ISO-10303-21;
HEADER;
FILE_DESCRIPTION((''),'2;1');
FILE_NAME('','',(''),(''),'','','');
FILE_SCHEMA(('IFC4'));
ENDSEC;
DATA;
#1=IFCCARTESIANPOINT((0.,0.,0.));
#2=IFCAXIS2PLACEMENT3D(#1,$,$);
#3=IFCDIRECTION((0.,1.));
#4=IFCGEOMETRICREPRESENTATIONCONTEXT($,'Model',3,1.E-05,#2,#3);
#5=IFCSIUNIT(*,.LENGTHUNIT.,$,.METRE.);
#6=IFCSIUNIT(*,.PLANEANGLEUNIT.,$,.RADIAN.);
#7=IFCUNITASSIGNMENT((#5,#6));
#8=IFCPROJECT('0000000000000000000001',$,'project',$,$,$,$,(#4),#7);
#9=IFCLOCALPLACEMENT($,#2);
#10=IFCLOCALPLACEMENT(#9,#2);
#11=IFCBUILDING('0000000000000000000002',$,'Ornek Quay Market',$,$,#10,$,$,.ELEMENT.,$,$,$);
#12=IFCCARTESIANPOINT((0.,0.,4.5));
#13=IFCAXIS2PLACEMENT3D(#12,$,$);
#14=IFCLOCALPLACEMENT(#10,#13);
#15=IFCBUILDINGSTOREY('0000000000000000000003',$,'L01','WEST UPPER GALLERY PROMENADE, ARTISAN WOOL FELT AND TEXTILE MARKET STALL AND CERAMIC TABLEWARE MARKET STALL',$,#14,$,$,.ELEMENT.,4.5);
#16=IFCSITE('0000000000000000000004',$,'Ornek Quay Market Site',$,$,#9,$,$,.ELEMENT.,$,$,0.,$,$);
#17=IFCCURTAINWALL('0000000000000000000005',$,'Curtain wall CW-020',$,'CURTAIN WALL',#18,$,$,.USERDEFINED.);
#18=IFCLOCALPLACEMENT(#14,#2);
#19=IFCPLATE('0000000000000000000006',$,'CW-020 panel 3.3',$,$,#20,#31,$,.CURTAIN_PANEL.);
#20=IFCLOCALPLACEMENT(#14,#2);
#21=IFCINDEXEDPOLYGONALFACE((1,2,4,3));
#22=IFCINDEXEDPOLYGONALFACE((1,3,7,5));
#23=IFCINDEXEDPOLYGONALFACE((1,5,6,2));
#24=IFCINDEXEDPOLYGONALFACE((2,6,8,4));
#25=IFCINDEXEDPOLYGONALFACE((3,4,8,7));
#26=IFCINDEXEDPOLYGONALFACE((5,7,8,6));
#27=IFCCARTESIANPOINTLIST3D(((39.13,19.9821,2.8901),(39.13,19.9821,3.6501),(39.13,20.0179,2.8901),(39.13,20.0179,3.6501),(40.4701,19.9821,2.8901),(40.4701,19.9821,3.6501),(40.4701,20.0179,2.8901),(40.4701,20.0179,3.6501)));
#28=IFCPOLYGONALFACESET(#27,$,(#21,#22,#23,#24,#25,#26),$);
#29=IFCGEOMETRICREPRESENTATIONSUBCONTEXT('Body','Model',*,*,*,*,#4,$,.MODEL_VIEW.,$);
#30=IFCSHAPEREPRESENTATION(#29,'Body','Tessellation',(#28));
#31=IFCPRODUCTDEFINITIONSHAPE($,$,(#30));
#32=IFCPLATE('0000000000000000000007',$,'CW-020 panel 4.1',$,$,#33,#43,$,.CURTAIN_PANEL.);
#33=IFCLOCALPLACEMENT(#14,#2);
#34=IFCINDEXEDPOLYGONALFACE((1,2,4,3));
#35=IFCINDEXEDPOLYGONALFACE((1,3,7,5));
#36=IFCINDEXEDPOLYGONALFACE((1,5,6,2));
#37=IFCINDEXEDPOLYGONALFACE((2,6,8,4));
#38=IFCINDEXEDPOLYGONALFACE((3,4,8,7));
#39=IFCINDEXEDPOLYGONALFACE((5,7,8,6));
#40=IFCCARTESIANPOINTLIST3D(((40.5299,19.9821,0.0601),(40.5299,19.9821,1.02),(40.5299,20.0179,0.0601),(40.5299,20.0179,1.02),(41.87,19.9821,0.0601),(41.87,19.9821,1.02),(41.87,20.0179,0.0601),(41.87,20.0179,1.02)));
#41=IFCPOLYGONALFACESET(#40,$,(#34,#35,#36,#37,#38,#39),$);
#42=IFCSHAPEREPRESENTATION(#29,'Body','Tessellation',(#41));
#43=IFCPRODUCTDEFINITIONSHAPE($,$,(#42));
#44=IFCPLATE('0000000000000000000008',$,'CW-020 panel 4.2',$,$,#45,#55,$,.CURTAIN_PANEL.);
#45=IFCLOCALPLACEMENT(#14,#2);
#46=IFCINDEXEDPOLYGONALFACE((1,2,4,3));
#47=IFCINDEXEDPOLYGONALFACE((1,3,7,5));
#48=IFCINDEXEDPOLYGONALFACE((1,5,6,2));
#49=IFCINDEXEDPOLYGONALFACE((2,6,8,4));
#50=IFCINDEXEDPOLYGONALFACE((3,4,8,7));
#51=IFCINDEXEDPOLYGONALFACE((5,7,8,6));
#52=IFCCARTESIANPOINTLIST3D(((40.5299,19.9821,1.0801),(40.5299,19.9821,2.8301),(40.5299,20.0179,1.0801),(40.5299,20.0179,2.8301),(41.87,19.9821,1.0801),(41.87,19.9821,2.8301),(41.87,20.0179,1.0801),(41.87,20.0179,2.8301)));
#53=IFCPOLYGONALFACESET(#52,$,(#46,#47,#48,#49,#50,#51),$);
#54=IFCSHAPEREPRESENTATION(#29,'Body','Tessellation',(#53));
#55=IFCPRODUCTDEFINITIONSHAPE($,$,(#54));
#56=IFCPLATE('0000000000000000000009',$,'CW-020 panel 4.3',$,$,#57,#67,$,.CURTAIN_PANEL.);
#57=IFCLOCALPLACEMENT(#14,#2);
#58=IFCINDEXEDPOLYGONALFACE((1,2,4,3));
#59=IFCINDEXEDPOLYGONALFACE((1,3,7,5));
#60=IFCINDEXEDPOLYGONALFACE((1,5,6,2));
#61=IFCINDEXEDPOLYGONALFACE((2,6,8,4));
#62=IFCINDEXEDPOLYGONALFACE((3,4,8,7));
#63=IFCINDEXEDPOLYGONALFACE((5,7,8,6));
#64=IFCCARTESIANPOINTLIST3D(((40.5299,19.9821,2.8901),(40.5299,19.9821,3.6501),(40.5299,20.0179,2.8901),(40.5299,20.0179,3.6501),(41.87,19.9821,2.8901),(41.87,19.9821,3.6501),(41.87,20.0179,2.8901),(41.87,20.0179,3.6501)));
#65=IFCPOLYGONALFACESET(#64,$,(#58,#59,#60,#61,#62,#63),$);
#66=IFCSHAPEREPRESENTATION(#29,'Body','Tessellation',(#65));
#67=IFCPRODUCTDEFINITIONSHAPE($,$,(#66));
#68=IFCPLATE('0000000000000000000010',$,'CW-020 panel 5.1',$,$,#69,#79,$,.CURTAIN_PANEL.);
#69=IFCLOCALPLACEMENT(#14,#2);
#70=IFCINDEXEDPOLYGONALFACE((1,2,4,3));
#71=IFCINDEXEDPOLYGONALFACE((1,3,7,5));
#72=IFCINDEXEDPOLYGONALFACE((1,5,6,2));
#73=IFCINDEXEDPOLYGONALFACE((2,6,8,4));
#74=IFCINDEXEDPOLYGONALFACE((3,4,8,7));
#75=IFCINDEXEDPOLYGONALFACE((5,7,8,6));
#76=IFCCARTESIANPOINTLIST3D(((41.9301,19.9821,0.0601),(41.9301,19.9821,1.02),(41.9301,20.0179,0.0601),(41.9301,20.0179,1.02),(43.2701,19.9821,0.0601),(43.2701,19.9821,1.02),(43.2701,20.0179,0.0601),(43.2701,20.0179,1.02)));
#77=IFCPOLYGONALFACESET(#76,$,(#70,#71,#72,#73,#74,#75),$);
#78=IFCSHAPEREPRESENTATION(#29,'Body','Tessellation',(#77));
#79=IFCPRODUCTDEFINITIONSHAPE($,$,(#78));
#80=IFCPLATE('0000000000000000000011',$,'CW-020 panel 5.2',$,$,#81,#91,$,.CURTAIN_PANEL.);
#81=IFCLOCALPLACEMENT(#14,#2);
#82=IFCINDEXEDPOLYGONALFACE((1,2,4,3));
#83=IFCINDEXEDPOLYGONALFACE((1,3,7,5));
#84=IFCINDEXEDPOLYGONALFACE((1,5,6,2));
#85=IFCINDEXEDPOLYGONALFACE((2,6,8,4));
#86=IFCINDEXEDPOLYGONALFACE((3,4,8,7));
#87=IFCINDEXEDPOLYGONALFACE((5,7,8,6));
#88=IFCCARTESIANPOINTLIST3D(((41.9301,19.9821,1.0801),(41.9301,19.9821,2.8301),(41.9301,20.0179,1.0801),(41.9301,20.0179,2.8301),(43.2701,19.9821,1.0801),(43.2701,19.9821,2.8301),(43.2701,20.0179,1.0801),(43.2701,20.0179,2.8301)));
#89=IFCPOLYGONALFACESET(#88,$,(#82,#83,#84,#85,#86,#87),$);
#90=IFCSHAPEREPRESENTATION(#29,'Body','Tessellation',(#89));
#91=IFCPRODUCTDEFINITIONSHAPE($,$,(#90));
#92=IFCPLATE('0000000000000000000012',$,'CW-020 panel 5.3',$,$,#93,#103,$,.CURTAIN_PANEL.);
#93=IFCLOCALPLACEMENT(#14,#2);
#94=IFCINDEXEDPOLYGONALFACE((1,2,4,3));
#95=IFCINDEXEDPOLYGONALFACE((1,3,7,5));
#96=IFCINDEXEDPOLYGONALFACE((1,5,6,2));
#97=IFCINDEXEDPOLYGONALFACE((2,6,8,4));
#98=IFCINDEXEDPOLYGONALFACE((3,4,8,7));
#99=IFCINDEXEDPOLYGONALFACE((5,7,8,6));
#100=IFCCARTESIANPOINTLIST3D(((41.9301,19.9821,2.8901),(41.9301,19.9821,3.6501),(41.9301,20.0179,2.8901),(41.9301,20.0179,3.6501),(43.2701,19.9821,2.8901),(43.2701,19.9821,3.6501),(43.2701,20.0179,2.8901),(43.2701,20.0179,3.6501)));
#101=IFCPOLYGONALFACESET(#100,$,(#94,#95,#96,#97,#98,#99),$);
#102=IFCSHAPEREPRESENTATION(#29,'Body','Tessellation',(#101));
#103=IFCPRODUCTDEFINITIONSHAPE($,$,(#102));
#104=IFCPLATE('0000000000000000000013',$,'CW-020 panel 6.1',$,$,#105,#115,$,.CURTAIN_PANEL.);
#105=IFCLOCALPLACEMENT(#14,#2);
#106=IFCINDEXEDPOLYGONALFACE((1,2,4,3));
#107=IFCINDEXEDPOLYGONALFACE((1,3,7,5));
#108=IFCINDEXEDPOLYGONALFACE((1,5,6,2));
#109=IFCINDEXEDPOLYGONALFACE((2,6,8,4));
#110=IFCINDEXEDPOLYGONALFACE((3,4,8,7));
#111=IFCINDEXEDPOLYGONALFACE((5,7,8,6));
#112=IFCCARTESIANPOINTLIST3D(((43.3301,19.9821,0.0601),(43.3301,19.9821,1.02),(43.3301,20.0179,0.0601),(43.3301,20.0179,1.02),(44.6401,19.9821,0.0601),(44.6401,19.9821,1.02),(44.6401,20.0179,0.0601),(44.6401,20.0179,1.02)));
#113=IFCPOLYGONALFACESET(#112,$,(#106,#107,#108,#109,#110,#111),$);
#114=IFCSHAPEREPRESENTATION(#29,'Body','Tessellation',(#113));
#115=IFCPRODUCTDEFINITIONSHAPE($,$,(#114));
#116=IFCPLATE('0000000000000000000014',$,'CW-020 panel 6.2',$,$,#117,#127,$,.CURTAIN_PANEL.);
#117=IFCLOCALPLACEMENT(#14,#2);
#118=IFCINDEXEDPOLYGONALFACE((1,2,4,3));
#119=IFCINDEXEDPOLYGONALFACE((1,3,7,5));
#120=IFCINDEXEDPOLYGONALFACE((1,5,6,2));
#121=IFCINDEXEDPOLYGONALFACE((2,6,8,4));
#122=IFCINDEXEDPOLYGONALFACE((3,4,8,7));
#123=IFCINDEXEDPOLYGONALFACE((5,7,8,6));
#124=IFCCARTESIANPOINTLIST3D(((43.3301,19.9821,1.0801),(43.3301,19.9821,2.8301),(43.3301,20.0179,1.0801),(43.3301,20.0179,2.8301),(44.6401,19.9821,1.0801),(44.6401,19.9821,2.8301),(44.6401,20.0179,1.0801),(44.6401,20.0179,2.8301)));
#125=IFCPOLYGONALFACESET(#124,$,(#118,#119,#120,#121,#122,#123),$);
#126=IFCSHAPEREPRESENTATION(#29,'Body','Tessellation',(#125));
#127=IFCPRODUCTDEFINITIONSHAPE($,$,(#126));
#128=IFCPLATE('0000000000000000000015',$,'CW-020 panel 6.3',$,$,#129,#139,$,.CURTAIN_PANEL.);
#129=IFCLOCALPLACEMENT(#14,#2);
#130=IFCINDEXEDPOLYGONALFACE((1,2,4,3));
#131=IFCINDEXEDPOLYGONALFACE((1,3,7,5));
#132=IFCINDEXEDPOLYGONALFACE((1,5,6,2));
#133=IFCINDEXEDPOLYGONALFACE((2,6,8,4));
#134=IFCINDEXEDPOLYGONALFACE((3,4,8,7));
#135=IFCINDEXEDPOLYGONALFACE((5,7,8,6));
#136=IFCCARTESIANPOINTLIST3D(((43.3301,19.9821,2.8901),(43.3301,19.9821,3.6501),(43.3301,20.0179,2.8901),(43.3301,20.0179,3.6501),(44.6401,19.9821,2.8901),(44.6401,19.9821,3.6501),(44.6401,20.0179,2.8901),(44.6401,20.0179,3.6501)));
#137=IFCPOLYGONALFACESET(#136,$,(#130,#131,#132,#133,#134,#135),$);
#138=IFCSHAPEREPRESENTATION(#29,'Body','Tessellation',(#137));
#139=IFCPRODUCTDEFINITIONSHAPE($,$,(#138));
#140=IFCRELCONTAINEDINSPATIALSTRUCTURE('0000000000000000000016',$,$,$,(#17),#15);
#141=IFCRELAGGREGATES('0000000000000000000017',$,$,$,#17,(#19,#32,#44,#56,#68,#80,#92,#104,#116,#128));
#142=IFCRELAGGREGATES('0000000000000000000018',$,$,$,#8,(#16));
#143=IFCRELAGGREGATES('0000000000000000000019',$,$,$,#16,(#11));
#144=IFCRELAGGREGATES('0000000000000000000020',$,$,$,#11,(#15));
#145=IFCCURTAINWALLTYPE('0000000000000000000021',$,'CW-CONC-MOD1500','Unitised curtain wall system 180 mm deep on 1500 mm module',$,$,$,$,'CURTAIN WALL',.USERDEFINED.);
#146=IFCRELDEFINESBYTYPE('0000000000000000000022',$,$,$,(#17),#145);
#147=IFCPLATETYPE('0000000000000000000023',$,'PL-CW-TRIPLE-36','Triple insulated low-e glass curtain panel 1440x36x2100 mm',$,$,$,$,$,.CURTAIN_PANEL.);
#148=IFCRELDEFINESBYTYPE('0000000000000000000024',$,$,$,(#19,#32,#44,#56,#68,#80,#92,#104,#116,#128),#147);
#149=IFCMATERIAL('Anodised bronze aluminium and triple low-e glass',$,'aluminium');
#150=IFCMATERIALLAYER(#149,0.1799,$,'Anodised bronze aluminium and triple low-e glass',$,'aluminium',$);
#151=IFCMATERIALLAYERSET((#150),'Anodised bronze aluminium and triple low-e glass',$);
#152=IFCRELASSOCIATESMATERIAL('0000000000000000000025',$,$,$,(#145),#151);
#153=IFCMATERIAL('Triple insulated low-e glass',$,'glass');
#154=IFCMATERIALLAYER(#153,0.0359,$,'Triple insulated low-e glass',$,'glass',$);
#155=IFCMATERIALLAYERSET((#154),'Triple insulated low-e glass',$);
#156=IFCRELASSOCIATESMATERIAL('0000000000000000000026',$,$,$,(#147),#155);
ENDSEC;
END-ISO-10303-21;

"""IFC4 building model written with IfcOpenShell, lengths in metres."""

from ifc_helpers import new_model, si_unit, direction, frame, origin, origin_2d, place, context, subcontext, project, spatial, rectangle, extrude, material, layer, layer_set, type_object, element, aggregate, save


model = new_model("IFC4")

# Units and contexts
model_context = context("Model", 3, precision=1e-05, world=origin(), true_north=direction((0.0, 1.0)))
body_context = subcontext(model_context, "Body", "Model", "MODEL_VIEW")
ifc_project = project(units=[si_unit("LENGTHUNIT", "METRE"), si_unit("PLANEANGLEUNIT", "RADIAN")], contexts=[model_context])

# Site, building, storey
site_placement = place(None, origin())
site = spatial("IfcSite", under=ifc_project, at=site_placement, Name="Ornek Quay Market Site", CompositionType="ELEMENT", RefElevation=0.0)
building_placement = place(site_placement, origin())
building = spatial("IfcBuilding", under=site, at=building_placement, Name="Ornek Quay Market", CompositionType="ELEMENT")
storey_placement = place(building_placement, frame((0.0, 0.0, 4.5)))
storey = spatial("IfcBuildingStorey", under=building, at=storey_placement, Name="L01", Description="WEST UPPER GALLERY PROMENADE, ARTISAN WOOL FELT AND TEXTILE MARKET STALL AND CERAMIC TABLEWARE MARKET STALL", CompositionType="ELEMENT", Elevation=4.5)

# Curtain wall
ifc_material_1 = material(Name="Anodised bronze aluminium and triple low-e glass", Category="aluminium")
ifc_layer_1 = layer(ifc_material_1, 0.1799, Name="Anodised bronze aluminium and triple low-e glass", Category="aluminium")
ifc_layer_set_1 = layer_set([ifc_layer_1], Name="Anodised bronze aluminium and triple low-e glass")
curtain_wall_type = type_object("IfcCurtainWallType", Name="CW-CONC-MOD1500", Description="Unitised curtain wall system 180 mm deep on 1500 mm module", ElementType="CURTAIN WALL", PredefinedType="USERDEFINED", material=ifc_layer_set_1)
curtain_wall_1_placement = place(storey_placement, origin())
curtain_wall_1 = element("IfcCurtainWall", 1, at=curtain_wall_1_placement, inside=storey, type_object=curtain_wall_type, Name="Curtain wall CW-020", ObjectType="CURTAIN WALL", PredefinedType="USERDEFINED")

# Plates
ifc_material_2 = material(Name="Triple insulated low-e glass", Category="glass")
ifc_layer_2 = layer(ifc_material_2, 0.0359, Name="Triple insulated low-e glass", Category="glass")
ifc_layer_set_2 = layer_set([ifc_layer_2], Name="Triple insulated low-e glass")
plate_type = type_object("IfcPlateType", Name="PL-CW-TRIPLE-36", Description="Triple insulated low-e glass curtain panel 1440x36x2100 mm", PredefinedType="CURTAIN_PANEL", material=ifc_layer_set_2)
plate_1_placement = place(storey_placement, frame((39.8, 20.0, 2.8901), z_axis=(0.0, 0.0, 1.0), x_axis=(1.0, 0.0, 0.0)))
plate_1 = element("IfcPlate", 2, at=plate_1_placement, type_object=plate_type, Name="CW-020 panel 3.3", PredefinedType="CURTAIN_PANEL", context=body_context, shape_type="SweptSolid", body=[
    extrude(rectangle(XDim=1.3401, YDim=0.0359, at=origin_2d()), origin(), (0.0, 0.0, 1.0), 0.76),
])
plate_2_placement = place(storey_placement, frame((41.2, 20.0, 0.0601), z_axis=(0.0, 0.0, 1.0), x_axis=(1.0, 0.0, 0.0)))
plate_2 = element("IfcPlate", 3, at=plate_2_placement, type_object=plate_type, Name="CW-020 panel 4.1", PredefinedType="CURTAIN_PANEL", context=body_context, shape_type="SweptSolid", body=[
    extrude(rectangle(XDim=1.3401, YDim=0.0359, at=origin_2d()), origin(), (0.0, 0.0, 1.0), 0.96),
])
plate_3_placement = place(storey_placement, frame((41.2, 20.0, 1.0801), z_axis=(0.0, 0.0, 1.0), x_axis=(1.0, 0.0, 0.0)))
plate_3 = element("IfcPlate", 4, at=plate_3_placement, type_object=plate_type, Name="CW-020 panel 4.2", PredefinedType="CURTAIN_PANEL", context=body_context, shape_type="SweptSolid", body=[
    extrude(rectangle(XDim=1.3401, YDim=0.0359, at=origin_2d()), origin(), (0.0, 0.0, 1.0), 1.75),
])
plate_4_placement = place(storey_placement, frame((41.2, 20.0, 2.8901), z_axis=(0.0, 0.0, 1.0), x_axis=(1.0, 0.0, 0.0)))
plate_4 = element("IfcPlate", 5, at=plate_4_placement, type_object=plate_type, Name="CW-020 panel 4.3", PredefinedType="CURTAIN_PANEL", context=body_context, shape_type="SweptSolid", body=[
    extrude(rectangle(XDim=1.3401, YDim=0.0359, at=origin_2d()), origin(), (0.0, 0.0, 1.0), 0.76),
])
plate_5_placement = place(storey_placement, frame((42.6001, 20.0, 0.0601), z_axis=(0.0, 0.0, 1.0), x_axis=(1.0, 0.0, 0.0)))
plate_5 = element("IfcPlate", 6, at=plate_5_placement, type_object=plate_type, Name="CW-020 panel 5.1", PredefinedType="CURTAIN_PANEL", context=body_context, shape_type="SweptSolid", body=[
    extrude(rectangle(XDim=1.3401, YDim=0.0359, at=origin_2d()), origin(), (0.0, 0.0, 1.0), 0.96),
])
plate_6_placement = place(storey_placement, frame((42.6001, 20.0, 1.0801), z_axis=(0.0, 0.0, 1.0), x_axis=(1.0, 0.0, 0.0)))
plate_6 = element("IfcPlate", 7, at=plate_6_placement, type_object=plate_type, Name="CW-020 panel 5.2", PredefinedType="CURTAIN_PANEL", context=body_context, shape_type="SweptSolid", body=[
    extrude(rectangle(XDim=1.3401, YDim=0.0359, at=origin_2d()), origin(), (0.0, 0.0, 1.0), 1.75),
])
plate_7_placement = place(storey_placement, frame((42.6001, 20.0, 2.8901), z_axis=(0.0, 0.0, 1.0), x_axis=(1.0, 0.0, 0.0)))
plate_7 = element("IfcPlate", 8, at=plate_7_placement, type_object=plate_type, Name="CW-020 panel 5.3", PredefinedType="CURTAIN_PANEL", context=body_context, shape_type="SweptSolid", body=[
    extrude(rectangle(XDim=1.3401, YDim=0.0359, at=origin_2d()), origin(), (0.0, 0.0, 1.0), 0.76),
])
plate_8_placement = place(storey_placement, frame((43.9851, 20.0, 0.0601), z_axis=(0.0, 0.0, 1.0), x_axis=(1.0, 0.0, 0.0)))
plate_8 = element("IfcPlate", 9, at=plate_8_placement, type_object=plate_type, Name="CW-020 panel 6.1", PredefinedType="CURTAIN_PANEL", context=body_context, shape_type="SweptSolid", body=[
    extrude(rectangle(XDim=1.3101, YDim=0.0359, at=origin_2d()), origin(), (0.0, 0.0, 1.0), 0.96),
])
plate_9_placement = place(storey_placement, frame((43.9851, 20.0, 1.0801), z_axis=(0.0, 0.0, 1.0), x_axis=(1.0, 0.0, 0.0)))
plate_9 = element("IfcPlate", 10, at=plate_9_placement, type_object=plate_type, Name="CW-020 panel 6.2", PredefinedType="CURTAIN_PANEL", context=body_context, shape_type="SweptSolid", body=[
    extrude(rectangle(XDim=1.3101, YDim=0.0359, at=origin_2d()), origin(), (0.0, 0.0, 1.0), 1.75),
])
plate_10_placement = place(storey_placement, frame((43.9851, 20.0, 2.8901), z_axis=(0.0, 0.0, 1.0), x_axis=(1.0, 0.0, 0.0)))
plate_10 = element("IfcPlate", 11, at=plate_10_placement, type_object=plate_type, Name="CW-020 panel 6.3", PredefinedType="CURTAIN_PANEL", context=body_context, shape_type="SweptSolid", body=[
    extrude(rectangle(XDim=1.3101, YDim=0.0359, at=origin_2d()), origin(), (0.0, 0.0, 1.0), 0.76),
])
aggregate(curtain_wall_1, [plate_1, plate_2, plate_3, plate_4, plate_5, plate_6, plate_7, plate_8, plate_9, plate_10])

save(model, "model.ifc")
